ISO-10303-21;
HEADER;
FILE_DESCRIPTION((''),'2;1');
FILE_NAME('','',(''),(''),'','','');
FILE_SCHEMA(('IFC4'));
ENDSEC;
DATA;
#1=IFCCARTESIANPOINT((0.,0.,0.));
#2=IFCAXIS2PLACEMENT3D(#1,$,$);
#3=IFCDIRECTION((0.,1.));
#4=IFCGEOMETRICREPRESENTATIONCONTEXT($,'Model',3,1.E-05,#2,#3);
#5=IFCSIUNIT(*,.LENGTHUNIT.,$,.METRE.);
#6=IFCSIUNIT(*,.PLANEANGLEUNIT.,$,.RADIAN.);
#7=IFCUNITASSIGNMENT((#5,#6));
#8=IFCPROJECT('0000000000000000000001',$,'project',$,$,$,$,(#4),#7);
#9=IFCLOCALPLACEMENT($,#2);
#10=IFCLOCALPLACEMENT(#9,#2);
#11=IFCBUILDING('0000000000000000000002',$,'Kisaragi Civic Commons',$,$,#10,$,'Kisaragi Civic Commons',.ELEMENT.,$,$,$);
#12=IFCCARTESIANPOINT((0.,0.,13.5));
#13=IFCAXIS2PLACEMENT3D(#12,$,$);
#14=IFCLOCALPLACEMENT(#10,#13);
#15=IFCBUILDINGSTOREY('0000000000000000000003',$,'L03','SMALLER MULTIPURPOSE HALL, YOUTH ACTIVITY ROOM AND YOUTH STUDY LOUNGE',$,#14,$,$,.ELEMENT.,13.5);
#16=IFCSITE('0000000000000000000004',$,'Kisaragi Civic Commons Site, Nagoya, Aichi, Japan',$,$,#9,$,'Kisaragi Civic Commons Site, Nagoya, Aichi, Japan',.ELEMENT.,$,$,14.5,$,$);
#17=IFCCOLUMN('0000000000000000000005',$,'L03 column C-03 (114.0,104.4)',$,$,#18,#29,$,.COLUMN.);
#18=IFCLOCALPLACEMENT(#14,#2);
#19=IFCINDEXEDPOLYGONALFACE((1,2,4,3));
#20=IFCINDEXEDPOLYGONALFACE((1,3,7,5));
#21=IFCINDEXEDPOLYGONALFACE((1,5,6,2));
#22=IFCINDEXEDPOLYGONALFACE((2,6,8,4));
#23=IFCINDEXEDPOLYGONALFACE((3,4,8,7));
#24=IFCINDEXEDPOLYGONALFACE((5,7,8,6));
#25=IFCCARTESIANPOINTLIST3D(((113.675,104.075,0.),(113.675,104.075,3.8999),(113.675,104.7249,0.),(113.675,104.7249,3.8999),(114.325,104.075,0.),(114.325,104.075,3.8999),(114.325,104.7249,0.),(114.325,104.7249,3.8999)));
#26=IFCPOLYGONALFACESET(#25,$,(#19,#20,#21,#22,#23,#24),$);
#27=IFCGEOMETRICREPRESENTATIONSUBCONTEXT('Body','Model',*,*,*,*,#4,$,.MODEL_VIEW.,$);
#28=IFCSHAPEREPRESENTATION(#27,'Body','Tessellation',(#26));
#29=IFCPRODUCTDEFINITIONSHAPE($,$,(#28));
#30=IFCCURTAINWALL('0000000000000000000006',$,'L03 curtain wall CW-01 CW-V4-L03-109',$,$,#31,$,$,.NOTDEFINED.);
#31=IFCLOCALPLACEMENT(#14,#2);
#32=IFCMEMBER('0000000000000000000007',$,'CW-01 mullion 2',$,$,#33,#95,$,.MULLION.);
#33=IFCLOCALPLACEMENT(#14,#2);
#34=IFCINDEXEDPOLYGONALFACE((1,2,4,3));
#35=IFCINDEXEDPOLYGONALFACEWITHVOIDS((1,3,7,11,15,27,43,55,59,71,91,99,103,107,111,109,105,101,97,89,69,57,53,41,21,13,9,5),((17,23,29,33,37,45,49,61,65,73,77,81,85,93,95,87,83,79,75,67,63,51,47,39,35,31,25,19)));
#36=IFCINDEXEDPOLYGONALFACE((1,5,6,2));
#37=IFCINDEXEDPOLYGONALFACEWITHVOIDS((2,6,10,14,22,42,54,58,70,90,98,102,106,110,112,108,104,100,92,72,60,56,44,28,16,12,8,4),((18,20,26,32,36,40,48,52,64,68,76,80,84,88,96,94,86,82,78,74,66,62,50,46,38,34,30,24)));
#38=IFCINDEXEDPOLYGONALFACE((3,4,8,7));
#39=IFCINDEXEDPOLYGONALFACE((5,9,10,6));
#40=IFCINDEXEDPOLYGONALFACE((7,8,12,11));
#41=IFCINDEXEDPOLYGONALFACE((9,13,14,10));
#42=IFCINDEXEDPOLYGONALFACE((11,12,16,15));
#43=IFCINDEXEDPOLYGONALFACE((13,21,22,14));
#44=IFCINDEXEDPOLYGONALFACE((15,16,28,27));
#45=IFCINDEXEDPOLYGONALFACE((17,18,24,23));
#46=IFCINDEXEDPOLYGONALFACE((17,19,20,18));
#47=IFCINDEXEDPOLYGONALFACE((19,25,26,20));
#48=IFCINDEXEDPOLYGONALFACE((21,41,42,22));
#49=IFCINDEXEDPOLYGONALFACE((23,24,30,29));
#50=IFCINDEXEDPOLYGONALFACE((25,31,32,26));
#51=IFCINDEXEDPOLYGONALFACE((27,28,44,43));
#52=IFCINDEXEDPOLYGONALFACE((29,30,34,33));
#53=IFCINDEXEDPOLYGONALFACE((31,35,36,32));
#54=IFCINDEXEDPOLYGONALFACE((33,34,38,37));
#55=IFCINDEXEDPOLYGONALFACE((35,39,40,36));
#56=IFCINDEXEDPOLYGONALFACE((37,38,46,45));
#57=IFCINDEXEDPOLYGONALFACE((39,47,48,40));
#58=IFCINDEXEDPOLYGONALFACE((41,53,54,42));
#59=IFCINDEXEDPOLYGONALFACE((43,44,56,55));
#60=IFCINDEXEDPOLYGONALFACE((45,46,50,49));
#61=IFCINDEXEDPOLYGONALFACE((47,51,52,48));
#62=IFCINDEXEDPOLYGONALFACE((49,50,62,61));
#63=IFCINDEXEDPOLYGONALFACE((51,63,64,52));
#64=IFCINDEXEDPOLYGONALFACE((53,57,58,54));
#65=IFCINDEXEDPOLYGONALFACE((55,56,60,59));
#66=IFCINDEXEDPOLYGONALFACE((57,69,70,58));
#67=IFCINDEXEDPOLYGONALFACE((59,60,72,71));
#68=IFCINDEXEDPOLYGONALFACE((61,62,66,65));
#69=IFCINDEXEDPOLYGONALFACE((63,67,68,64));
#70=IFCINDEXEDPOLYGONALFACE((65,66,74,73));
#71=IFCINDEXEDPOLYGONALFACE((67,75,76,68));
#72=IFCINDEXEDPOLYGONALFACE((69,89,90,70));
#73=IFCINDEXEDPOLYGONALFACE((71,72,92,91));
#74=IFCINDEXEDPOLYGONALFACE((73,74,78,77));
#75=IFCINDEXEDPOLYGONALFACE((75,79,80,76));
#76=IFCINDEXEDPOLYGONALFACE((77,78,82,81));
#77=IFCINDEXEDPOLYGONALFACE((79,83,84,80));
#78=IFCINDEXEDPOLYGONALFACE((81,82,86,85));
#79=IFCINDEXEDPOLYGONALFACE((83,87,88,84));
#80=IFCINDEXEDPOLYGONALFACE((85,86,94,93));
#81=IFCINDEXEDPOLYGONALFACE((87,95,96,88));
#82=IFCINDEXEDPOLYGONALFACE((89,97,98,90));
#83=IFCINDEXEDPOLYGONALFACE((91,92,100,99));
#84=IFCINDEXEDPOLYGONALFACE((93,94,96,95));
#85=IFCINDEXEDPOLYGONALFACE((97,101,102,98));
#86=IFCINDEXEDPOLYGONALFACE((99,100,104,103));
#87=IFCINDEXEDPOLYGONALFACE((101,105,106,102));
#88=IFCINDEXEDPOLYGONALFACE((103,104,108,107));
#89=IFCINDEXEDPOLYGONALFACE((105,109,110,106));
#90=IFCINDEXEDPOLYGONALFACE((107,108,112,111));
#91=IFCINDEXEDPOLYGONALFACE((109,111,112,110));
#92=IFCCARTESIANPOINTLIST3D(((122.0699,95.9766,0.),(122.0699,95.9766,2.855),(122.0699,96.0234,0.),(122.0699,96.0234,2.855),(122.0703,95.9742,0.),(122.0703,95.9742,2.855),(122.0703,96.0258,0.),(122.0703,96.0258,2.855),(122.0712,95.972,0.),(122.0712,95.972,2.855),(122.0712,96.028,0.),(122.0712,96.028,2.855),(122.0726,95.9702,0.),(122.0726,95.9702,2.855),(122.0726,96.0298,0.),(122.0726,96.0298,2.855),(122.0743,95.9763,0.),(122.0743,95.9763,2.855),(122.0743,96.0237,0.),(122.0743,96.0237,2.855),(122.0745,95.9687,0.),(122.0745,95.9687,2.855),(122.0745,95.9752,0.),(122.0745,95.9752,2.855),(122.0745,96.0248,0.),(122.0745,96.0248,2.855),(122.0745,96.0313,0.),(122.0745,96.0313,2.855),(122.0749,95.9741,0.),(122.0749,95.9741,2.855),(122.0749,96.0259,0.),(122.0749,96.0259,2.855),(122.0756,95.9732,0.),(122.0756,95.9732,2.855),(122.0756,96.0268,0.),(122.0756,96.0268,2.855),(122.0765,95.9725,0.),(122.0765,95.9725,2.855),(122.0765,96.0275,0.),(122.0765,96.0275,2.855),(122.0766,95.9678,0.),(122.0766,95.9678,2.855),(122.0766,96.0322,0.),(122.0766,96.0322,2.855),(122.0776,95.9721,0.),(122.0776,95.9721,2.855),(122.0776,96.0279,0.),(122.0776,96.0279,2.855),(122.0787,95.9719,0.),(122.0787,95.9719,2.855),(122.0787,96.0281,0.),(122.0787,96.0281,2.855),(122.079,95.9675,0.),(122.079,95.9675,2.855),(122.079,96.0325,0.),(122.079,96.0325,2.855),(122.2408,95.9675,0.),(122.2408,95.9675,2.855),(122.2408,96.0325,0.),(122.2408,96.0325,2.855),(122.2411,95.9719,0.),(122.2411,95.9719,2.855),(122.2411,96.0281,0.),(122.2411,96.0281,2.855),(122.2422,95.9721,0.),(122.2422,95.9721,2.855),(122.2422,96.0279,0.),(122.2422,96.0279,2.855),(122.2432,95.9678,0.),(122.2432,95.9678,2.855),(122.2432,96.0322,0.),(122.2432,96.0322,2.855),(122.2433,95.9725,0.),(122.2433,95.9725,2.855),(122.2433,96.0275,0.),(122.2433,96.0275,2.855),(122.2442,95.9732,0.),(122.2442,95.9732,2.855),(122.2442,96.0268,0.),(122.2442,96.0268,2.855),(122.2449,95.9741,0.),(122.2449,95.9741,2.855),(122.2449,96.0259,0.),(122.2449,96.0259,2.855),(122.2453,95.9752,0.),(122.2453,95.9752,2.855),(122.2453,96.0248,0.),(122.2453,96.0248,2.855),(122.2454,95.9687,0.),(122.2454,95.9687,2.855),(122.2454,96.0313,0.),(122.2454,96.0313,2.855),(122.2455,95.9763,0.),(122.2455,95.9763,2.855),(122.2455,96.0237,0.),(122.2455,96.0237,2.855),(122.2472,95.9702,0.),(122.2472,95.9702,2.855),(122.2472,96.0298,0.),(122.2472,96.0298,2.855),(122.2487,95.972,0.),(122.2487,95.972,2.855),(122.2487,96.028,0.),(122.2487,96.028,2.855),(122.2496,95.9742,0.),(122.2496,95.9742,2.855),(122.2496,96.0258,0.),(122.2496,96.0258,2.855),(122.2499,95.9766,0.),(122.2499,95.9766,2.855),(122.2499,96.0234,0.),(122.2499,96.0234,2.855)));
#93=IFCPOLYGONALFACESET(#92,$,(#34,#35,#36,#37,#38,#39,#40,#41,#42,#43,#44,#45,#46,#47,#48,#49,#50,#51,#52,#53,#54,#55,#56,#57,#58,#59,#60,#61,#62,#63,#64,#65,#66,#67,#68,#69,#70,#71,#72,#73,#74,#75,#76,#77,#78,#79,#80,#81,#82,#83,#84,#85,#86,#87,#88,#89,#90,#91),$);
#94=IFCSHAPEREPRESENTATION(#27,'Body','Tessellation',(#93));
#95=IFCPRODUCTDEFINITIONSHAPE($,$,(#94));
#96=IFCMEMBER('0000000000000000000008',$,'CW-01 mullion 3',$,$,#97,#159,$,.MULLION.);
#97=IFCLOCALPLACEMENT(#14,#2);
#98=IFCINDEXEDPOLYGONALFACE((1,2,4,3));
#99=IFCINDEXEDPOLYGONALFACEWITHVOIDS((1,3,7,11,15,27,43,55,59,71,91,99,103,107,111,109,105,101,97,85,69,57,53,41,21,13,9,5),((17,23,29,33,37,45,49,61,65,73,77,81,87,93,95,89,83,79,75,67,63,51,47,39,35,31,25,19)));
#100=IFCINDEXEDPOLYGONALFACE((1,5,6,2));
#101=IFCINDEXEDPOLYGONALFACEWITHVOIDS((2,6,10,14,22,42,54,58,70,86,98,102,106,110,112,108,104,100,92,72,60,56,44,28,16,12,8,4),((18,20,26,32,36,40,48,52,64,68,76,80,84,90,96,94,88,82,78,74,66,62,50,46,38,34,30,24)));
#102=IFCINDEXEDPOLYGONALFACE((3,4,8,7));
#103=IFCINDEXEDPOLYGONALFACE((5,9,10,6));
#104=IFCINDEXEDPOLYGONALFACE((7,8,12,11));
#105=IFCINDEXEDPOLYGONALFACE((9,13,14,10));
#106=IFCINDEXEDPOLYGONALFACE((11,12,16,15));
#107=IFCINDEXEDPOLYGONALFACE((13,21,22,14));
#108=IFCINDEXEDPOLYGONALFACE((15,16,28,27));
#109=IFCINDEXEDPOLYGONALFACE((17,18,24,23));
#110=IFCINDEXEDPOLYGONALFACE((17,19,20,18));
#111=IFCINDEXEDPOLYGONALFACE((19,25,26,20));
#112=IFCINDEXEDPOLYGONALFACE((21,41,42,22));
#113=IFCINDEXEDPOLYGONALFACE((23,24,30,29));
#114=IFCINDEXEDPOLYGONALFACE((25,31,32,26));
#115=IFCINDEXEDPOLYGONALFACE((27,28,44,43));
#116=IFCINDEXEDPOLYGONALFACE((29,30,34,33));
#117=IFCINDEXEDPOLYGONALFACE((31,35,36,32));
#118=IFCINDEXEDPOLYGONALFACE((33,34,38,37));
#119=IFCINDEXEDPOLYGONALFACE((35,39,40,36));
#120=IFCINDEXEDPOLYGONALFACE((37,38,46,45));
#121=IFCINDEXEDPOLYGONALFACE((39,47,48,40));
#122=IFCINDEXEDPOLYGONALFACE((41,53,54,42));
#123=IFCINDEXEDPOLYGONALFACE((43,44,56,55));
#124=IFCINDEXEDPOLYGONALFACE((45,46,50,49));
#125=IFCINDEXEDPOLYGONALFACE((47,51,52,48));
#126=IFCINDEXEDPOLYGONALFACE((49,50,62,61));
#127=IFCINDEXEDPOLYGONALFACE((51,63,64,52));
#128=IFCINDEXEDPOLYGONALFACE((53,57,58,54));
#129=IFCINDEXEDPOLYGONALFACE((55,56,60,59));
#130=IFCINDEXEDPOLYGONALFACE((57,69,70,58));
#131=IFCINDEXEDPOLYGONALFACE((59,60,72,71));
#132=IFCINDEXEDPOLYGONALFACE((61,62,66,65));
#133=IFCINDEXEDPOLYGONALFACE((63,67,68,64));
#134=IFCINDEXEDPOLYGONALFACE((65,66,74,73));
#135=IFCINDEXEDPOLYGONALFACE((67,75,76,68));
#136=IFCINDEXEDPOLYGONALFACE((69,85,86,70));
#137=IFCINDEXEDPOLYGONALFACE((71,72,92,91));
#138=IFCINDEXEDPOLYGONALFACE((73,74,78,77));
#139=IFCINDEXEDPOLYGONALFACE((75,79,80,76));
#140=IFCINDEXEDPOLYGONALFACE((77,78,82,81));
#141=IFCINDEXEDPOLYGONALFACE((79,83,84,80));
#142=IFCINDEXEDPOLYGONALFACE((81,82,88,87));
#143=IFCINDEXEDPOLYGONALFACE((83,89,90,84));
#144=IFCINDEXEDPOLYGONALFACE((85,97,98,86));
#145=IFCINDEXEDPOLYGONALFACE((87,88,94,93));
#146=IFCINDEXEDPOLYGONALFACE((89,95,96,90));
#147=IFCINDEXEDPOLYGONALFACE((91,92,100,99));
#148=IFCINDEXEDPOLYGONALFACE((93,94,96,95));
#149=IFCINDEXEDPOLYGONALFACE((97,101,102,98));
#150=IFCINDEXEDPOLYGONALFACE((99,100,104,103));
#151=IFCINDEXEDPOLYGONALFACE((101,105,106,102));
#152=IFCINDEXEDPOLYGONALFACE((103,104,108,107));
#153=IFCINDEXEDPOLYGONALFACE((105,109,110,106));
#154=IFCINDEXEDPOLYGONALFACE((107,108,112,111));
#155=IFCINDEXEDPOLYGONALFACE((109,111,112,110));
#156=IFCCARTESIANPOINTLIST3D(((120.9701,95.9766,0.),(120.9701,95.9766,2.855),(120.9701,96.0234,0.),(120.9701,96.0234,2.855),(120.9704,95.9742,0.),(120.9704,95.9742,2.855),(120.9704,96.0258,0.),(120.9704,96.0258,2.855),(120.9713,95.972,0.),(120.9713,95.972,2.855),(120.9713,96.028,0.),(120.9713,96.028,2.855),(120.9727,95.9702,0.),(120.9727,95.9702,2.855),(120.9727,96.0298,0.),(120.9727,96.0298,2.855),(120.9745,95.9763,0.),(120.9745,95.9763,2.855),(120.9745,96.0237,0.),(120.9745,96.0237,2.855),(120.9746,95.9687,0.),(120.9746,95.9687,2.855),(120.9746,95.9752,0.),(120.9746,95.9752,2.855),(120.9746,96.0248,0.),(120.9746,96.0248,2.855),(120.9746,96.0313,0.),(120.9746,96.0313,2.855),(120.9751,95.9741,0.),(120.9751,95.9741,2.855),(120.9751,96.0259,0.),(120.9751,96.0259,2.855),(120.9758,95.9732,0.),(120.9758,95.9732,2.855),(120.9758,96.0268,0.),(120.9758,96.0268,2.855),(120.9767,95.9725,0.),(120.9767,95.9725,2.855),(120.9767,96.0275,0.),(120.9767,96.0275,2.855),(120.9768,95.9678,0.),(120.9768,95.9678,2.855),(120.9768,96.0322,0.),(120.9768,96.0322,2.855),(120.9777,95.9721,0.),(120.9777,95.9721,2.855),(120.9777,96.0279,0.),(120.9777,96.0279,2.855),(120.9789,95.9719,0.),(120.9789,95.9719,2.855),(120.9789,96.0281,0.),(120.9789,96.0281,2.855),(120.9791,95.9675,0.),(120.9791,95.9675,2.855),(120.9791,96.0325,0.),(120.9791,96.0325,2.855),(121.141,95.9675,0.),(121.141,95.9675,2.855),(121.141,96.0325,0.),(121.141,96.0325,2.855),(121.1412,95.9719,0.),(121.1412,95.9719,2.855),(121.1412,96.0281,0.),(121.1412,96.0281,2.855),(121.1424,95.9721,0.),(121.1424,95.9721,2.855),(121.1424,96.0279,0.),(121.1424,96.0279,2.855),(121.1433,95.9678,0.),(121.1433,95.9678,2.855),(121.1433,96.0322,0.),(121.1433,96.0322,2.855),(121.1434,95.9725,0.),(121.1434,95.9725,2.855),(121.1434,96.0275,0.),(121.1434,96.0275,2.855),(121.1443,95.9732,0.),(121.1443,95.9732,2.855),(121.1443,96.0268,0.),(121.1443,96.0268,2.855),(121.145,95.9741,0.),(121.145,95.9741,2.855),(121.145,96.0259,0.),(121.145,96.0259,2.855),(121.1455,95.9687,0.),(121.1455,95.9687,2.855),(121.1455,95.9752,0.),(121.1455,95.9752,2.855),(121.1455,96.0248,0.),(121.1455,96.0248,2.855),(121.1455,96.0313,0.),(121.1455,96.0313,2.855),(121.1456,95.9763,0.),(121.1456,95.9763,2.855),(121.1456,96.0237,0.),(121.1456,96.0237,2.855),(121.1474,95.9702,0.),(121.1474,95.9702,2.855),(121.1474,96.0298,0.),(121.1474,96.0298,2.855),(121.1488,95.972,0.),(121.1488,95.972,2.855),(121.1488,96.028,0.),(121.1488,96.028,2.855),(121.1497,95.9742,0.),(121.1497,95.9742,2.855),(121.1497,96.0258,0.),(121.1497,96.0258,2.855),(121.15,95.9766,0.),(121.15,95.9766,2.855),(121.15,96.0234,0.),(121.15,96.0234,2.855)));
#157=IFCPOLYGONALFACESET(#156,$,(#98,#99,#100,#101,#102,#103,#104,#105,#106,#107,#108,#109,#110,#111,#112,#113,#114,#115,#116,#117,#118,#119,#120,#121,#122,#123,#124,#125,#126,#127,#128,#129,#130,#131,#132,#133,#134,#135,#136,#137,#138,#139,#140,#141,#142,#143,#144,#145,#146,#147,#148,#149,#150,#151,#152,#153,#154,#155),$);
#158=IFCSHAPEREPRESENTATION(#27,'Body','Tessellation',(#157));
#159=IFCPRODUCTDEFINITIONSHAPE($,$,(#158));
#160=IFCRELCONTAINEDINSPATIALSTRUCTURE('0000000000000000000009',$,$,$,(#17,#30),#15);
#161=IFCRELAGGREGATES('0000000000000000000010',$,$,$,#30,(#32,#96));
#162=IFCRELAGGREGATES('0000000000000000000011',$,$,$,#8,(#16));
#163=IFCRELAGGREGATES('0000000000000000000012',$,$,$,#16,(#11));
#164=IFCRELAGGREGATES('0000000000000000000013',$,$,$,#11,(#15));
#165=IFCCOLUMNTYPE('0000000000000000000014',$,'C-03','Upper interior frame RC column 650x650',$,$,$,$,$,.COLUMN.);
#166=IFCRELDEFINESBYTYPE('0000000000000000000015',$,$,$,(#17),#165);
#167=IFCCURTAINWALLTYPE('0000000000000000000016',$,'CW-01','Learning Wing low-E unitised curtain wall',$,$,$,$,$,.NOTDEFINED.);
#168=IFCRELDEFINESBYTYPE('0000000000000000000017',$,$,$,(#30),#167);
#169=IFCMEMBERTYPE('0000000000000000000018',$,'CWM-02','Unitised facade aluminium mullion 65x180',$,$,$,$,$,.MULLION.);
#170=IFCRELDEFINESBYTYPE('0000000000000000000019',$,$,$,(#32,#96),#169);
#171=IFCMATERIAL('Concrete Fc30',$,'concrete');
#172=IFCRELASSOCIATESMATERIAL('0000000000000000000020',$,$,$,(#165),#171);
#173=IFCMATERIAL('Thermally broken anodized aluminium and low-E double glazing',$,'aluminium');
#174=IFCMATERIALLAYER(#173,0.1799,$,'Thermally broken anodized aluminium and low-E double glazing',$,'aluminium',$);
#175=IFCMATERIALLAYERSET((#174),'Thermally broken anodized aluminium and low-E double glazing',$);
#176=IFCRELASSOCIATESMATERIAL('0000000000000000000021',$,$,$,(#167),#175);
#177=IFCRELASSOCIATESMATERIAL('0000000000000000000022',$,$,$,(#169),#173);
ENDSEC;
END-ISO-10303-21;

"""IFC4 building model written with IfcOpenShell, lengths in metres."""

from ifc_helpers import new_model, si_unit, direction, frame, origin, origin_2d, place, context, subcontext, project, spatial, rectangle, hollow_rectangle, extrude, material, layer, layer_set, material_profile, profile_set, type_object, element, aggregate, save


model = new_model("IFC4")

# Units and contexts
model_context = context("Model", 3, precision=1e-05, world=origin(), true_north=direction((0.0, 1.0)))
body_context = subcontext(model_context, "Body", "Model", "MODEL_VIEW")
ifc_project = project(units=[si_unit("LENGTHUNIT", "METRE"), si_unit("PLANEANGLEUNIT", "RADIAN")], contexts=[model_context])

# Site, building, storey
site_placement = place(None, origin())
site = spatial("IfcSite", under=ifc_project, at=site_placement, Name="Kisaragi Civic Commons Site, Nagoya, Aichi, Japan", LongName="Kisaragi Civic Commons Site, Nagoya, Aichi, Japan", CompositionType="ELEMENT", RefElevation=14.5)
building_placement = place(site_placement, origin())
building = spatial("IfcBuilding", under=site, at=building_placement, Name="Kisaragi Civic Commons", LongName="Kisaragi Civic Commons", CompositionType="ELEMENT")
storey_placement = place(building_placement, frame((0.0, 0.0, 13.5)))
storey = spatial("IfcBuildingStorey", under=building, at=storey_placement, Name="L03", Description="SMALLER MULTIPURPOSE HALL, YOUTH ACTIVITY ROOM AND YOUTH STUDY LOUNGE", CompositionType="ELEMENT", Elevation=13.5)

# Column
ifc_material_1 = material(Name="Concrete Fc30", Category="concrete")
ifc_material_profile_1 = material_profile(ifc_material_1, rectangle(XDim=0.6499, YDim=0.6499, at=origin_2d()), Name="RC-650x650", Category="concrete")
ifc_profile_set_1 = profile_set([ifc_material_profile_1], Name="Concrete Fc30")
column_type = type_object("IfcColumnType", Name="C-03", Description="Upper interior frame RC column 650x650", PredefinedType="COLUMN", material=ifc_profile_set_1)
column_placement = place(storey_placement, frame((114.0, 104.3999, 0.0), z_axis=(0.0, 0.0, 1.0), x_axis=(1.0, 0.0, 0.0)))
element("IfcColumn", 1, at=column_placement, inside=storey, type_object=column_type, Name="L03 column C-03 (114.0,104.4)", PredefinedType="COLUMN", context=body_context, shape_type="SweptSolid", body=[
    extrude(rectangle(XDim=0.6499, YDim=0.6499, at=origin_2d()), origin(), (0.0, 0.0, 1.0), 3.8999),
])

# Curtain wall, members
ifc_material_2 = material(Name="Thermally broken anodized aluminium and low-E double glazing", Category="aluminium")
ifc_layer_1 = layer(ifc_material_2, 0.1799, Name="Thermally broken anodized aluminium and low-E double glazing", Category="aluminium")
ifc_layer_set_1 = layer_set([ifc_layer_1], Name="Thermally broken anodized aluminium and low-E double glazing")
curtain_wall_type = type_object("IfcCurtainWallType", Name="CW-01", Description="Learning Wing low-E unitised curtain wall", PredefinedType="NOTDEFINED", material=ifc_layer_set_1)
curtain_wall_placement = place(storey_placement, origin())
curtain_wall = element("IfcCurtainWall", 2, at=curtain_wall_placement, inside=storey, type_object=curtain_wall_type, Name="L03 curtain wall CW-01 CW-V4-L03-109", PredefinedType="NOTDEFINED")
ifc_material_profile_2 = material_profile(ifc_material_2, hollow_rectangle(XDim=0.0649, YDim=0.1799, WallThickness=0.0044, InnerFilletRadius=0.0044, OuterFilletRadius=0.009, at=origin_2d()), Name="CWM-65x180x4.5", Category="aluminium")
ifc_profile_set_2 = profile_set([ifc_material_profile_2], Name="Thermally broken anodized aluminium and low-E double glazing")
member_type_1 = type_object("IfcMemberType", Name="CWM-02", Description="Unitised facade aluminium mullion 65x180", PredefinedType="MULLION", material=ifc_profile_set_2)
member_1_placement = place(storey_placement, frame((122.1599, 96.0, 0.0), z_axis=(0.0, 0.0, 1.0), x_axis=(0.0, -1.0, 0.0)))
member_1 = element("IfcMember", 3, at=member_1_placement, type_object=member_type_1, Name="CW-01 mullion 2", PredefinedType="MULLION", context=body_context, shape_type="SweptSolid", body=[
    extrude(hollow_rectangle(XDim=0.0649, YDim=0.1799, WallThickness=0.0044, InnerFilletRadius=0.0044, OuterFilletRadius=0.009, at=origin_2d()), origin(), (0.0, 0.0, 1.0), 2.855),
])
member_2_placement = place(storey_placement, frame((121.0601, 96.0, 0.0), z_axis=(0.0, 0.0, 1.0), x_axis=(0.0, -1.0, 0.0)))
member_2 = element("IfcMember", 4, at=member_2_placement, type_object=member_type_1, Name="CW-01 mullion 3", PredefinedType="MULLION", context=body_context, shape_type="SweptSolid", body=[
    extrude(hollow_rectangle(XDim=0.0649, YDim=0.1799, WallThickness=0.0044, InnerFilletRadius=0.0044, OuterFilletRadius=0.009, at=origin_2d()), origin(), (0.0, 0.0, 1.0), 2.855),
])

aggregate(curtain_wall, [member_1, member_2])

save(model, "model.ifc")
